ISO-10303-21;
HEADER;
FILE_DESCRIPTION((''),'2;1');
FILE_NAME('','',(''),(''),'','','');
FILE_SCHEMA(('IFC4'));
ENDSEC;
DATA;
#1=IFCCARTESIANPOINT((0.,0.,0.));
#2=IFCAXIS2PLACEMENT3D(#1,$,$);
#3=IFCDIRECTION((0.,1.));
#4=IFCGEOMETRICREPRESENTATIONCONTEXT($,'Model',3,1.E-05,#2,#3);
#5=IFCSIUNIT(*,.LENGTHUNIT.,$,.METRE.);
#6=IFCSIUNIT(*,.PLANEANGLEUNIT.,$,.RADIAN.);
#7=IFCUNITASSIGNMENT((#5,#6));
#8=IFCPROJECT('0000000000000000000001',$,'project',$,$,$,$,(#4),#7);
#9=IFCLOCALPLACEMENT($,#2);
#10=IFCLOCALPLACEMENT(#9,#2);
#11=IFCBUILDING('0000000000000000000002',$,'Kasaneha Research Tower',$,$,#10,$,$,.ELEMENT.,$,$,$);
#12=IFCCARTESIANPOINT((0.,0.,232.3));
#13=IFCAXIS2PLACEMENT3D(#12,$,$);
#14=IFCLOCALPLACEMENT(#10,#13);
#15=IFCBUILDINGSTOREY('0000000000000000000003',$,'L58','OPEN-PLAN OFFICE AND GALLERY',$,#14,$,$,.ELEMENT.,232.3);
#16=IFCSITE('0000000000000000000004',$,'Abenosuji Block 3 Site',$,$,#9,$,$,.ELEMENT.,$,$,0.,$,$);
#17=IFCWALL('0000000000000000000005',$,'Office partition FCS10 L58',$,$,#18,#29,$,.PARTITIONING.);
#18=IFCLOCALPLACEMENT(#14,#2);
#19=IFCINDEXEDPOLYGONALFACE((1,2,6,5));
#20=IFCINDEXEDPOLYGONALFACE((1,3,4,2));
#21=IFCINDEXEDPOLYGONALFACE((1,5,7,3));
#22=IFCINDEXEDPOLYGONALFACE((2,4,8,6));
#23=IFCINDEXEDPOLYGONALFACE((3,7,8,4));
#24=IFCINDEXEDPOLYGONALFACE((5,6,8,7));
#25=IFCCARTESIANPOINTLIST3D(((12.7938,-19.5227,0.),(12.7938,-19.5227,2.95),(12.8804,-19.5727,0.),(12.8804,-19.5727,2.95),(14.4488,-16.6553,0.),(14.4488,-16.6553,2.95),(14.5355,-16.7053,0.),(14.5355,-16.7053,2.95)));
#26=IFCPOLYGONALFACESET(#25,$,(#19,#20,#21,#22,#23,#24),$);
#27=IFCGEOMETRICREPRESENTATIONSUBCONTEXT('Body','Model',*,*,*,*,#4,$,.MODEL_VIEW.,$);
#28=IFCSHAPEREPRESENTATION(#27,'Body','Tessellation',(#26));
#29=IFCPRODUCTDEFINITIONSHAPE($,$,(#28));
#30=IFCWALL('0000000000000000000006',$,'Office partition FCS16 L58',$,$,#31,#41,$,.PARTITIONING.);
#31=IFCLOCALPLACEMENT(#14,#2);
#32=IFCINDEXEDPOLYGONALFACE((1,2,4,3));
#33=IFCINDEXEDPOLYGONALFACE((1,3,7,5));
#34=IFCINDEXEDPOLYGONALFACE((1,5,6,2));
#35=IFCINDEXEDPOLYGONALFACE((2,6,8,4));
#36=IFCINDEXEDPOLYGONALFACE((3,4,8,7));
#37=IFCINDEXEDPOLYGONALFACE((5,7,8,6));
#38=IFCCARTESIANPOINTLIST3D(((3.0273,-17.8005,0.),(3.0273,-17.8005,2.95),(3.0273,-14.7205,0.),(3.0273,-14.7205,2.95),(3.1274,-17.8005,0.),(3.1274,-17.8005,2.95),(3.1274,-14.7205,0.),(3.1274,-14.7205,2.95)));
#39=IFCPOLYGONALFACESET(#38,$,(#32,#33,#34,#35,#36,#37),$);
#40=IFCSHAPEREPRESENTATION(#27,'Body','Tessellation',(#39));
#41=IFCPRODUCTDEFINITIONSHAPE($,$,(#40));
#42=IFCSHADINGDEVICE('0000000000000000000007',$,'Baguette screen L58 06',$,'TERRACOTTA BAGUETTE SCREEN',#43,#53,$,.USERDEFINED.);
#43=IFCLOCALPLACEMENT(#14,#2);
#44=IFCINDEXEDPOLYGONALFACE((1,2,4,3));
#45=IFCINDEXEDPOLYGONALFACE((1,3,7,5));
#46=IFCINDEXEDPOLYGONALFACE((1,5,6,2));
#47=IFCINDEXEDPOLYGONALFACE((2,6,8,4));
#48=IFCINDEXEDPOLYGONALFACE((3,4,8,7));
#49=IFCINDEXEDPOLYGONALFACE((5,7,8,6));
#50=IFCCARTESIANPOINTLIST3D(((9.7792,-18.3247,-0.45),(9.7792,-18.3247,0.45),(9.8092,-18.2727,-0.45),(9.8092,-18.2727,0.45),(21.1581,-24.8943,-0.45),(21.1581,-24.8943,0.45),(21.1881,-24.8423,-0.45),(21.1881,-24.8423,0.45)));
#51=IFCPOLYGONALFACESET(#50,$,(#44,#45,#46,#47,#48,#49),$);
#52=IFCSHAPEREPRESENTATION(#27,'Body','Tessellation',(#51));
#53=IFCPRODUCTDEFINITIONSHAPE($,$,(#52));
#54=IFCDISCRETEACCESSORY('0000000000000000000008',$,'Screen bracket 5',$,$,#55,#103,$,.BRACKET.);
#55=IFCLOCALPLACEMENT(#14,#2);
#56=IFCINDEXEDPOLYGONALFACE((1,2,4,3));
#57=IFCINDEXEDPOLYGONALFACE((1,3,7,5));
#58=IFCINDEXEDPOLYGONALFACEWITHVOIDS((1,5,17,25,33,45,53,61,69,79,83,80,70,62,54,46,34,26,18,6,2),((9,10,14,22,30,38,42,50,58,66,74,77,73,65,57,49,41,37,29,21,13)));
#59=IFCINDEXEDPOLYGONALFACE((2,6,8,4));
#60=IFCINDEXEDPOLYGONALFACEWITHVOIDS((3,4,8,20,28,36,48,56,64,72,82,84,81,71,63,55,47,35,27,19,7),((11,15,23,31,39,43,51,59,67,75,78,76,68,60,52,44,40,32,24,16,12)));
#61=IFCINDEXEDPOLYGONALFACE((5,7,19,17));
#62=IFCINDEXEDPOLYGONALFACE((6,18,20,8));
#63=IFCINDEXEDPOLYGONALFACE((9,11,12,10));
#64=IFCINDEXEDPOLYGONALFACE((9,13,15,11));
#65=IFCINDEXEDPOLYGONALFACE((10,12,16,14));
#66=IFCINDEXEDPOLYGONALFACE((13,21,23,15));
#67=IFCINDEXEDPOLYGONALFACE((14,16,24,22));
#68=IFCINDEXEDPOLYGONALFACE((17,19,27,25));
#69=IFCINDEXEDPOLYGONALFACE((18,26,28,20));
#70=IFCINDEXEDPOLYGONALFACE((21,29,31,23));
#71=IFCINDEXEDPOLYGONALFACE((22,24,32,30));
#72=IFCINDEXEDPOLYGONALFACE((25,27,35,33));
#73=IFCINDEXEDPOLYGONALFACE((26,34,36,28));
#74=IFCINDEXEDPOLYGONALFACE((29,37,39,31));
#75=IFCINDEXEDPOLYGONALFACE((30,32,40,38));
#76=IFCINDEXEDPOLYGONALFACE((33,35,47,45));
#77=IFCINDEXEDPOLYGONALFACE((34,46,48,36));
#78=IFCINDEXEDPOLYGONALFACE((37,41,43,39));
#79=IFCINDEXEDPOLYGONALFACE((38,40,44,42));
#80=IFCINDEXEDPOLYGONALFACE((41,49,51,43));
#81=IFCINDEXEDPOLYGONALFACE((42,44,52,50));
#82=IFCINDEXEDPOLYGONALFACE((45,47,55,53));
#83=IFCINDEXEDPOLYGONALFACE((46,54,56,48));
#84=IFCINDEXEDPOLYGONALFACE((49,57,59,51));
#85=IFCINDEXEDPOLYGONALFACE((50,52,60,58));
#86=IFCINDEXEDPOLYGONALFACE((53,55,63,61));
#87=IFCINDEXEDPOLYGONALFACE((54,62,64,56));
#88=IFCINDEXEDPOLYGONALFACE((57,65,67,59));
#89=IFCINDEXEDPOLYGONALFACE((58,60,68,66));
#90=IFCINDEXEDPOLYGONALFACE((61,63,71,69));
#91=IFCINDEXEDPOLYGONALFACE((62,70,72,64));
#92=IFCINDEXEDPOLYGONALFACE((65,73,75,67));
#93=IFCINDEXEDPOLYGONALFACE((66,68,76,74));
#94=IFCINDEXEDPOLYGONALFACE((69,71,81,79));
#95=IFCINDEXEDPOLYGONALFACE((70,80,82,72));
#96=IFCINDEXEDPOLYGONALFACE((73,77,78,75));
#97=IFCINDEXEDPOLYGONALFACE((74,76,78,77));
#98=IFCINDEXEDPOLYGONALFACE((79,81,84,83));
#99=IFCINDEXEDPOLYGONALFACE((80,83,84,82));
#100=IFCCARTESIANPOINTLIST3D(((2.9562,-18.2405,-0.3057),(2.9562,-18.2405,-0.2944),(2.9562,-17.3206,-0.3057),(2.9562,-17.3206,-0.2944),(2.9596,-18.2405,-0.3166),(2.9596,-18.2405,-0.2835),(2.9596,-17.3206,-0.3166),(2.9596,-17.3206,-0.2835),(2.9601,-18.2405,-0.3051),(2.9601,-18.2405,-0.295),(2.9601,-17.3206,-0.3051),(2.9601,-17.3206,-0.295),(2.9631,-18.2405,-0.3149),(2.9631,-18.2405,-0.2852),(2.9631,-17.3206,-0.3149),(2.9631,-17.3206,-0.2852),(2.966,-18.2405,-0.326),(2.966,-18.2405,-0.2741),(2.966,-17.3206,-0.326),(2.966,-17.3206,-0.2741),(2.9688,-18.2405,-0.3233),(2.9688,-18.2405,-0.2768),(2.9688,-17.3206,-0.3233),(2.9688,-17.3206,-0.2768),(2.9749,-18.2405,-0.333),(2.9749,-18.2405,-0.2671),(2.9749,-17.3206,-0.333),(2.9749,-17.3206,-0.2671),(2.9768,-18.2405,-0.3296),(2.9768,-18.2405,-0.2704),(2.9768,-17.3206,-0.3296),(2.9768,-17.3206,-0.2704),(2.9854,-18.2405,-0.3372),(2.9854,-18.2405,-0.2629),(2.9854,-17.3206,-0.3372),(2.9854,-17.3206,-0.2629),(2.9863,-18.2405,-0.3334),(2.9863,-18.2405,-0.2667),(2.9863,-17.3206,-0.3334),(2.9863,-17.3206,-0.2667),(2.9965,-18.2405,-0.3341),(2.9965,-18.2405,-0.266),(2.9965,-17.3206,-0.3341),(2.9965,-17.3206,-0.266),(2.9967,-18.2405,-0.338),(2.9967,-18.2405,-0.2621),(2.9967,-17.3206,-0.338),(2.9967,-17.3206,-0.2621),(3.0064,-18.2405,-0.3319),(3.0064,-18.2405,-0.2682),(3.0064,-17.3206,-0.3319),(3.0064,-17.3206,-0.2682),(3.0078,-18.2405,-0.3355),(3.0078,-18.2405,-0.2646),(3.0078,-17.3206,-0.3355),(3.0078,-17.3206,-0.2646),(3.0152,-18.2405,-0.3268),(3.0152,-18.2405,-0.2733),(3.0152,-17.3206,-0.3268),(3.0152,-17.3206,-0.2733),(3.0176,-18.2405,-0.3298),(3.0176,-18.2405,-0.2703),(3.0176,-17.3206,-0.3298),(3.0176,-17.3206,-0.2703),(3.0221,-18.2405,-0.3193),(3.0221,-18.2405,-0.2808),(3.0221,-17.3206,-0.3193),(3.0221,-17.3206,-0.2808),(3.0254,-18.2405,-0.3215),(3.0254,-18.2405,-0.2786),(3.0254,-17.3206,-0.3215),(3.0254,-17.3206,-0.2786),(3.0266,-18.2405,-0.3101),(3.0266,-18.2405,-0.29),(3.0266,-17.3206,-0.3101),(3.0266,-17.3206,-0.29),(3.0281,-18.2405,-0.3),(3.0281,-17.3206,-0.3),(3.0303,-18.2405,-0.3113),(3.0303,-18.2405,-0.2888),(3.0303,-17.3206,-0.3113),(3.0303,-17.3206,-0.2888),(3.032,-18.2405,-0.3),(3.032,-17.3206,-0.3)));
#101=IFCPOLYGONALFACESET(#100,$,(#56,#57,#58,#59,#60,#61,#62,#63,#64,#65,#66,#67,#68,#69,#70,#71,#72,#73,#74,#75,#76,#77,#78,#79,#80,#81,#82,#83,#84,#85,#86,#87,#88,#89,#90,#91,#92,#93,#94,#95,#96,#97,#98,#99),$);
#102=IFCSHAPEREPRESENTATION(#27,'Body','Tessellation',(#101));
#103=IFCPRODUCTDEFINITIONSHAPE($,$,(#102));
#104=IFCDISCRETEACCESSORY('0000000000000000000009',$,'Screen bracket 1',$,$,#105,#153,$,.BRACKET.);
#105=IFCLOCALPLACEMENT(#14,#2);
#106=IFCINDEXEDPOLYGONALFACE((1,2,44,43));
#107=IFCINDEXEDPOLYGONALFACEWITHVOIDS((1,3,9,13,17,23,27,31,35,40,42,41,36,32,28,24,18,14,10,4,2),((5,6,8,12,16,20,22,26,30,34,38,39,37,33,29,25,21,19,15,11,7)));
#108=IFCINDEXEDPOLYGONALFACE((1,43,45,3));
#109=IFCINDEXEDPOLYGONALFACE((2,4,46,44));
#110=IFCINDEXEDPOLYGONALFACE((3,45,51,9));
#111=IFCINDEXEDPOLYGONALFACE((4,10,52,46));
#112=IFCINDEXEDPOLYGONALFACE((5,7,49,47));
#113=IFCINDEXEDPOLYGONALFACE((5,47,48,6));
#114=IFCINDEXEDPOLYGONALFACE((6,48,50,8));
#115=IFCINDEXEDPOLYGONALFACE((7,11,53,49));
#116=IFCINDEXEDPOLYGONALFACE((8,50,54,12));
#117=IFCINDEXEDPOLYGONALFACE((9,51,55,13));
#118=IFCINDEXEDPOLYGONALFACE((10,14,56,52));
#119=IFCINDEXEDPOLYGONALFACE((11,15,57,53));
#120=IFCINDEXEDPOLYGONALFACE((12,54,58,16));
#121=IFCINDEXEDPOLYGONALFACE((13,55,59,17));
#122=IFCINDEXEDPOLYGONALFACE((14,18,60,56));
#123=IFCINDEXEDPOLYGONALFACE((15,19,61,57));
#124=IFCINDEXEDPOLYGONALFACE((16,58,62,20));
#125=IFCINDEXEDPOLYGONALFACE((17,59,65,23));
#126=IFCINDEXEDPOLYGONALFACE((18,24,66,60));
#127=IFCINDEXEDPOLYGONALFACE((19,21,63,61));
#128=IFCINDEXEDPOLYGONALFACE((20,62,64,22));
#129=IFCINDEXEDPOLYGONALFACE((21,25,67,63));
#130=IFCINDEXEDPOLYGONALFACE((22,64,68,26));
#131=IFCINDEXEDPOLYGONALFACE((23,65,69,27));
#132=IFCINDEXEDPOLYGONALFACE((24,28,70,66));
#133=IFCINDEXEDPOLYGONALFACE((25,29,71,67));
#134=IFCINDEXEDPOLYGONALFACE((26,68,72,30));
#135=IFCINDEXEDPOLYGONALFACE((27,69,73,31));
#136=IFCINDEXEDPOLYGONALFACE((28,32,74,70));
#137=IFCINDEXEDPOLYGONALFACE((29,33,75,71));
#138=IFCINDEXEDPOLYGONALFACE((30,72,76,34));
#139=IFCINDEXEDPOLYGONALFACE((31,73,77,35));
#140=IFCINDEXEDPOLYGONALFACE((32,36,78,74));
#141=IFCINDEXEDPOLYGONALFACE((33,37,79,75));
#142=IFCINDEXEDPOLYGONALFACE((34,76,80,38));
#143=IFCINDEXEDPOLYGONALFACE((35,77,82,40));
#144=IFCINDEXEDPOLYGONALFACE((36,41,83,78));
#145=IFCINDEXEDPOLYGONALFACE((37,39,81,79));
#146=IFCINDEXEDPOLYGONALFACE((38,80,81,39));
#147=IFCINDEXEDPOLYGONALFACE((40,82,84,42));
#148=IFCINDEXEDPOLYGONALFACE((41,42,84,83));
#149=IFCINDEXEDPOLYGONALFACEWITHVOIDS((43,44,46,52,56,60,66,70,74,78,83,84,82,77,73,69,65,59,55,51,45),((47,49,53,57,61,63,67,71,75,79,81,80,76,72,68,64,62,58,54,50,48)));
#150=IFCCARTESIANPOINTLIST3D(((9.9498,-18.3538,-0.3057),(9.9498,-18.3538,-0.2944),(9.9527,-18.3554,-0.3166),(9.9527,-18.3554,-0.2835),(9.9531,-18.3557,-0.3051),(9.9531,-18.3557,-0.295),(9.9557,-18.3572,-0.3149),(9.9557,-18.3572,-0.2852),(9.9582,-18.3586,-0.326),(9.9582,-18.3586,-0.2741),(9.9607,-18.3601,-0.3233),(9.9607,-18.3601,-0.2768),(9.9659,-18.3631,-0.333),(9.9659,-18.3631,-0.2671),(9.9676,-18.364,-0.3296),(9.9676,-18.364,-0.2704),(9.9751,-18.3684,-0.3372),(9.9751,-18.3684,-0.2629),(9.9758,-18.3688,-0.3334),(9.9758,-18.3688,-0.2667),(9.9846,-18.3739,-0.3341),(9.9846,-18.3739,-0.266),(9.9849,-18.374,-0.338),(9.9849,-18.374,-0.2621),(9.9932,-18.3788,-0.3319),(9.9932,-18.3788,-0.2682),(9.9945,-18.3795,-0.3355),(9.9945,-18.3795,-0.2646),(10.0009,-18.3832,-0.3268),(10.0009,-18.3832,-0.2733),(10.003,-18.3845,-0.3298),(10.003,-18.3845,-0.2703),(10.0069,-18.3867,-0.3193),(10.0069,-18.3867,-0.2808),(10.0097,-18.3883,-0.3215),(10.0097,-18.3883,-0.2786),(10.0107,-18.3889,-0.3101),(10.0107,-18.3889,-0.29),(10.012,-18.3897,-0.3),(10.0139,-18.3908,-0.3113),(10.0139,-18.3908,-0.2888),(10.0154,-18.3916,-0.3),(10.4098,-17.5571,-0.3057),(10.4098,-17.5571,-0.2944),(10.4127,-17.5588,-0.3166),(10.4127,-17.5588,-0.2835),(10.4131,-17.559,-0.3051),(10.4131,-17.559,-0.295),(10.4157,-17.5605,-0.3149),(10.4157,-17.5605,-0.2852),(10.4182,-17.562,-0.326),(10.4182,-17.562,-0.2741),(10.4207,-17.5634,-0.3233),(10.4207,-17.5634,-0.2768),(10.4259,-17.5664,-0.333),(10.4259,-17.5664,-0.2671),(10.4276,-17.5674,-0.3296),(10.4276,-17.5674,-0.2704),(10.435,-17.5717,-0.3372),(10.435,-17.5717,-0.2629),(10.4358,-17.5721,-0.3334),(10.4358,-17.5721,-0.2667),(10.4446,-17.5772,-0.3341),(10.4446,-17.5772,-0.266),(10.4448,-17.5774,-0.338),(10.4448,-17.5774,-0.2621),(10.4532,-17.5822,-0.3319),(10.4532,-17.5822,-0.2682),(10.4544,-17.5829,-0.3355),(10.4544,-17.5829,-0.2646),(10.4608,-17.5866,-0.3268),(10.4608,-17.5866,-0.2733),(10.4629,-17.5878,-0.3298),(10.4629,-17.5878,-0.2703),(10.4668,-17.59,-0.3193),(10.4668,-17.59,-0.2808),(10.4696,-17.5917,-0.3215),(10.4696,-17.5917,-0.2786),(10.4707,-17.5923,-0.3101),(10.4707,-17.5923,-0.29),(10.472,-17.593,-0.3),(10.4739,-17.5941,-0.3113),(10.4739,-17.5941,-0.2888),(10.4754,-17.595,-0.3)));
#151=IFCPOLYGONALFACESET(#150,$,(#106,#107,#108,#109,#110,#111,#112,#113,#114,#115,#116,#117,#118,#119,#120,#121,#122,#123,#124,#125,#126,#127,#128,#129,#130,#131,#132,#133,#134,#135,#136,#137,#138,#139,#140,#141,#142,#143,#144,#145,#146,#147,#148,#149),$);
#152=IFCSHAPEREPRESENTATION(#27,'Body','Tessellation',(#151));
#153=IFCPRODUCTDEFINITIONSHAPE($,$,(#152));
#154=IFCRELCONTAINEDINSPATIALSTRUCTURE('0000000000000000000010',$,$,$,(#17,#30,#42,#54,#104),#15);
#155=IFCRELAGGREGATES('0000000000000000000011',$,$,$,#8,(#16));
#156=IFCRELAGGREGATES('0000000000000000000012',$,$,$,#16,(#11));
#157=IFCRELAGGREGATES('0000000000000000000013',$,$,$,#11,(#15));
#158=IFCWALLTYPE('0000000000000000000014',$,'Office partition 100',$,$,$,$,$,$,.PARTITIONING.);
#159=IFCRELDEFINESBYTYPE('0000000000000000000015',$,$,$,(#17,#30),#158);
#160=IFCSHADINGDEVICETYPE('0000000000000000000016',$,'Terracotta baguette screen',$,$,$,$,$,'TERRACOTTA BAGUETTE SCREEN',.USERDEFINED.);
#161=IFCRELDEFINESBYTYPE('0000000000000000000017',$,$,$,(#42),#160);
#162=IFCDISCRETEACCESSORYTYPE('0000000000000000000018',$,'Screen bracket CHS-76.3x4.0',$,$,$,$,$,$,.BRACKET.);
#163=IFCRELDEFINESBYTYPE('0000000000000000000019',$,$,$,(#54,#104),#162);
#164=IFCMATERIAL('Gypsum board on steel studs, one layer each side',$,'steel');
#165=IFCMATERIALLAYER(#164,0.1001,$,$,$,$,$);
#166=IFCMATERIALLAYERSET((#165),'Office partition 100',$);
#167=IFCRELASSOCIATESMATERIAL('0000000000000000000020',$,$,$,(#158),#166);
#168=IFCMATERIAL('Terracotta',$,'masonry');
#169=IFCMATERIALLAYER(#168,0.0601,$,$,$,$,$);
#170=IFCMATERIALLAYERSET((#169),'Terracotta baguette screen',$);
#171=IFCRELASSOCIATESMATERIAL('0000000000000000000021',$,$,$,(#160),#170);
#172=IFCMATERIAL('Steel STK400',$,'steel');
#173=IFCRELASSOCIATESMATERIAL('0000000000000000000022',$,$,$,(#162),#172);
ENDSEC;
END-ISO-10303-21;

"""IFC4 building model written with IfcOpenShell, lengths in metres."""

from ifc_helpers import new_model, si_unit, direction, frame, frame_2d, origin, origin_2d, place, context, subcontext, project, spatial, rectangle, hollow_circle, extrude, material, layer, layer_set, material_profile, profile_set, type_object, element, save


model = new_model("IFC4")

# Units and contexts
model_context = context("Model", 3, precision=1e-05, world=origin(), true_north=direction((0.0, 1.0)))
body_context = subcontext(model_context, "Body", "Model", "MODEL_VIEW")
ifc_project = project(units=[si_unit("LENGTHUNIT", "METRE"), si_unit("PLANEANGLEUNIT", "RADIAN")], contexts=[model_context])

# Site, building, storey
site_placement = place(None, origin())
site = spatial("IfcSite", under=ifc_project, at=site_placement, Name="Abenosuji Block 3 Site", CompositionType="ELEMENT", RefElevation=0.0)
building_placement = place(site_placement, origin())
building = spatial("IfcBuilding", under=site, at=building_placement, Name="Kasaneha Research Tower", CompositionType="ELEMENT")
storey_placement = place(building_placement, frame((0.0, 0.0, 232.3)))
storey = spatial("IfcBuildingStorey", under=building, at=storey_placement, Name="L58", Description="OPEN-PLAN OFFICE AND GALLERY", CompositionType="ELEMENT", Elevation=232.3)

# Walls
ifc_material_1 = material(Name="Gypsum board on steel studs, one layer each side", Category="steel")
ifc_layer_1 = layer(ifc_material_1, 0.1001)
ifc_layer_set_1 = layer_set([ifc_layer_1], Name="Office partition 100")
wall_type = type_object("IfcWallType", Name="Office partition 100", PredefinedType="PARTITIONING", material=ifc_layer_set_1)
wall_1_placement = place(storey_placement, frame((12.8372, -19.5476, 0.0), z_axis=(0.0, 0.0, 1.0), x_axis=(0.499891, 0.866089, 0.0)))
element("IfcWall", 1, at=wall_1_placement, inside=storey, type_object=wall_type, Name="Office partition FCS10 L58", PredefinedType="PARTITIONING", context=body_context, shape_type="SweptSolid", body=[
    extrude(rectangle(XDim=3.3108, YDim=0.1001, at=frame_2d((1.6553, 0.0))), origin(), (0.0, 0.0, 1.0), 2.95),
])
wall_2_placement = place(storey_placement, frame((3.0774, -17.8005, 0.0), z_axis=(0.0, 0.0, 1.0), x_axis=(0.0, 1.0, 0.0)))
element("IfcWall", 2, at=wall_2_placement, inside=storey, type_object=wall_type, Name="Office partition FCS16 L58", PredefinedType="PARTITIONING", context=body_context, shape_type="SweptSolid", body=[
    extrude(rectangle(XDim=3.0801, YDim=0.1001, at=frame_2d((1.54, 0.0))), origin(), (0.0, 0.0, 1.0), 2.95),
])

# Shading device
ifc_material_2 = material(Name="Terracotta", Category="masonry")
ifc_layer_2 = layer(ifc_material_2, 0.0601)
ifc_layer_set_2 = layer_set([ifc_layer_2], Name="Terracotta baguette screen")
shading_device_type = type_object("IfcShadingDeviceType", Name="Terracotta baguette screen", ElementType="TERRACOTTA BAGUETTE SCREEN", PredefinedType="USERDEFINED", material=ifc_layer_set_2)
shading_device_placement = place(storey_placement, frame((15.4836, -21.5835, -0.45), z_axis=(0.0, 0.0, 1.0), x_axis=(0.866025, -0.5, 0.0)))
element("IfcShadingDevice", 3, at=shading_device_placement, inside=storey, type_object=shading_device_type, Name="Baguette screen L58 06", ObjectType="TERRACOTTA BAGUETTE SCREEN", PredefinedType="USERDEFINED", context=body_context, shape_type="SweptSolid", body=[
    extrude(rectangle(XDim=13.1392, YDim=0.0601, at=origin_2d()), origin(), (0.0, 0.0, 1.0), 0.8999),
])

# Discrete accessories
ifc_material_3 = material(Name="Steel STK400", Category="steel")
ifc_material_profile_1 = material_profile(ifc_material_3, hollow_circle(Radius=0.0381, WallThickness=0.0039, at=origin_2d()), Name="CHS-76.3x4.0")
ifc_profile_set_1 = profile_set([ifc_material_profile_1], Name="Steel STK400")
discrete_accessory_type = type_object("IfcDiscreteAccessoryType", Name="Screen bracket CHS-76.3x4.0", PredefinedType="BRACKET", material=ifc_profile_set_1)
for number, where, z_axis, x_axis, name in (
    (4, (2.9939, -17.3206, -0.3), (0.0, -1.0, 0.0), (1.0, 0.0, 0.0), "Screen bracket 5"),
    (5, (10.4424, -17.5759, -0.3), (-0.500021, -0.866013, 0.0), (0.866013, -0.500021, 0.0), "Screen bracket 1"),
):
    element("IfcDiscreteAccessory", number, at=place(storey_placement, frame(where, z_axis=z_axis, x_axis=x_axis)), inside=storey, type_object=discrete_accessory_type, Name=name, PredefinedType="BRACKET", context=body_context, shape_type="SweptSolid", body=[
        extrude(hollow_circle(Radius=0.0381, WallThickness=0.0039, at=origin_2d()), origin(), (0.0, 0.0, 1.0), 0.9199),
    ])

save(model, "model.ifc")
